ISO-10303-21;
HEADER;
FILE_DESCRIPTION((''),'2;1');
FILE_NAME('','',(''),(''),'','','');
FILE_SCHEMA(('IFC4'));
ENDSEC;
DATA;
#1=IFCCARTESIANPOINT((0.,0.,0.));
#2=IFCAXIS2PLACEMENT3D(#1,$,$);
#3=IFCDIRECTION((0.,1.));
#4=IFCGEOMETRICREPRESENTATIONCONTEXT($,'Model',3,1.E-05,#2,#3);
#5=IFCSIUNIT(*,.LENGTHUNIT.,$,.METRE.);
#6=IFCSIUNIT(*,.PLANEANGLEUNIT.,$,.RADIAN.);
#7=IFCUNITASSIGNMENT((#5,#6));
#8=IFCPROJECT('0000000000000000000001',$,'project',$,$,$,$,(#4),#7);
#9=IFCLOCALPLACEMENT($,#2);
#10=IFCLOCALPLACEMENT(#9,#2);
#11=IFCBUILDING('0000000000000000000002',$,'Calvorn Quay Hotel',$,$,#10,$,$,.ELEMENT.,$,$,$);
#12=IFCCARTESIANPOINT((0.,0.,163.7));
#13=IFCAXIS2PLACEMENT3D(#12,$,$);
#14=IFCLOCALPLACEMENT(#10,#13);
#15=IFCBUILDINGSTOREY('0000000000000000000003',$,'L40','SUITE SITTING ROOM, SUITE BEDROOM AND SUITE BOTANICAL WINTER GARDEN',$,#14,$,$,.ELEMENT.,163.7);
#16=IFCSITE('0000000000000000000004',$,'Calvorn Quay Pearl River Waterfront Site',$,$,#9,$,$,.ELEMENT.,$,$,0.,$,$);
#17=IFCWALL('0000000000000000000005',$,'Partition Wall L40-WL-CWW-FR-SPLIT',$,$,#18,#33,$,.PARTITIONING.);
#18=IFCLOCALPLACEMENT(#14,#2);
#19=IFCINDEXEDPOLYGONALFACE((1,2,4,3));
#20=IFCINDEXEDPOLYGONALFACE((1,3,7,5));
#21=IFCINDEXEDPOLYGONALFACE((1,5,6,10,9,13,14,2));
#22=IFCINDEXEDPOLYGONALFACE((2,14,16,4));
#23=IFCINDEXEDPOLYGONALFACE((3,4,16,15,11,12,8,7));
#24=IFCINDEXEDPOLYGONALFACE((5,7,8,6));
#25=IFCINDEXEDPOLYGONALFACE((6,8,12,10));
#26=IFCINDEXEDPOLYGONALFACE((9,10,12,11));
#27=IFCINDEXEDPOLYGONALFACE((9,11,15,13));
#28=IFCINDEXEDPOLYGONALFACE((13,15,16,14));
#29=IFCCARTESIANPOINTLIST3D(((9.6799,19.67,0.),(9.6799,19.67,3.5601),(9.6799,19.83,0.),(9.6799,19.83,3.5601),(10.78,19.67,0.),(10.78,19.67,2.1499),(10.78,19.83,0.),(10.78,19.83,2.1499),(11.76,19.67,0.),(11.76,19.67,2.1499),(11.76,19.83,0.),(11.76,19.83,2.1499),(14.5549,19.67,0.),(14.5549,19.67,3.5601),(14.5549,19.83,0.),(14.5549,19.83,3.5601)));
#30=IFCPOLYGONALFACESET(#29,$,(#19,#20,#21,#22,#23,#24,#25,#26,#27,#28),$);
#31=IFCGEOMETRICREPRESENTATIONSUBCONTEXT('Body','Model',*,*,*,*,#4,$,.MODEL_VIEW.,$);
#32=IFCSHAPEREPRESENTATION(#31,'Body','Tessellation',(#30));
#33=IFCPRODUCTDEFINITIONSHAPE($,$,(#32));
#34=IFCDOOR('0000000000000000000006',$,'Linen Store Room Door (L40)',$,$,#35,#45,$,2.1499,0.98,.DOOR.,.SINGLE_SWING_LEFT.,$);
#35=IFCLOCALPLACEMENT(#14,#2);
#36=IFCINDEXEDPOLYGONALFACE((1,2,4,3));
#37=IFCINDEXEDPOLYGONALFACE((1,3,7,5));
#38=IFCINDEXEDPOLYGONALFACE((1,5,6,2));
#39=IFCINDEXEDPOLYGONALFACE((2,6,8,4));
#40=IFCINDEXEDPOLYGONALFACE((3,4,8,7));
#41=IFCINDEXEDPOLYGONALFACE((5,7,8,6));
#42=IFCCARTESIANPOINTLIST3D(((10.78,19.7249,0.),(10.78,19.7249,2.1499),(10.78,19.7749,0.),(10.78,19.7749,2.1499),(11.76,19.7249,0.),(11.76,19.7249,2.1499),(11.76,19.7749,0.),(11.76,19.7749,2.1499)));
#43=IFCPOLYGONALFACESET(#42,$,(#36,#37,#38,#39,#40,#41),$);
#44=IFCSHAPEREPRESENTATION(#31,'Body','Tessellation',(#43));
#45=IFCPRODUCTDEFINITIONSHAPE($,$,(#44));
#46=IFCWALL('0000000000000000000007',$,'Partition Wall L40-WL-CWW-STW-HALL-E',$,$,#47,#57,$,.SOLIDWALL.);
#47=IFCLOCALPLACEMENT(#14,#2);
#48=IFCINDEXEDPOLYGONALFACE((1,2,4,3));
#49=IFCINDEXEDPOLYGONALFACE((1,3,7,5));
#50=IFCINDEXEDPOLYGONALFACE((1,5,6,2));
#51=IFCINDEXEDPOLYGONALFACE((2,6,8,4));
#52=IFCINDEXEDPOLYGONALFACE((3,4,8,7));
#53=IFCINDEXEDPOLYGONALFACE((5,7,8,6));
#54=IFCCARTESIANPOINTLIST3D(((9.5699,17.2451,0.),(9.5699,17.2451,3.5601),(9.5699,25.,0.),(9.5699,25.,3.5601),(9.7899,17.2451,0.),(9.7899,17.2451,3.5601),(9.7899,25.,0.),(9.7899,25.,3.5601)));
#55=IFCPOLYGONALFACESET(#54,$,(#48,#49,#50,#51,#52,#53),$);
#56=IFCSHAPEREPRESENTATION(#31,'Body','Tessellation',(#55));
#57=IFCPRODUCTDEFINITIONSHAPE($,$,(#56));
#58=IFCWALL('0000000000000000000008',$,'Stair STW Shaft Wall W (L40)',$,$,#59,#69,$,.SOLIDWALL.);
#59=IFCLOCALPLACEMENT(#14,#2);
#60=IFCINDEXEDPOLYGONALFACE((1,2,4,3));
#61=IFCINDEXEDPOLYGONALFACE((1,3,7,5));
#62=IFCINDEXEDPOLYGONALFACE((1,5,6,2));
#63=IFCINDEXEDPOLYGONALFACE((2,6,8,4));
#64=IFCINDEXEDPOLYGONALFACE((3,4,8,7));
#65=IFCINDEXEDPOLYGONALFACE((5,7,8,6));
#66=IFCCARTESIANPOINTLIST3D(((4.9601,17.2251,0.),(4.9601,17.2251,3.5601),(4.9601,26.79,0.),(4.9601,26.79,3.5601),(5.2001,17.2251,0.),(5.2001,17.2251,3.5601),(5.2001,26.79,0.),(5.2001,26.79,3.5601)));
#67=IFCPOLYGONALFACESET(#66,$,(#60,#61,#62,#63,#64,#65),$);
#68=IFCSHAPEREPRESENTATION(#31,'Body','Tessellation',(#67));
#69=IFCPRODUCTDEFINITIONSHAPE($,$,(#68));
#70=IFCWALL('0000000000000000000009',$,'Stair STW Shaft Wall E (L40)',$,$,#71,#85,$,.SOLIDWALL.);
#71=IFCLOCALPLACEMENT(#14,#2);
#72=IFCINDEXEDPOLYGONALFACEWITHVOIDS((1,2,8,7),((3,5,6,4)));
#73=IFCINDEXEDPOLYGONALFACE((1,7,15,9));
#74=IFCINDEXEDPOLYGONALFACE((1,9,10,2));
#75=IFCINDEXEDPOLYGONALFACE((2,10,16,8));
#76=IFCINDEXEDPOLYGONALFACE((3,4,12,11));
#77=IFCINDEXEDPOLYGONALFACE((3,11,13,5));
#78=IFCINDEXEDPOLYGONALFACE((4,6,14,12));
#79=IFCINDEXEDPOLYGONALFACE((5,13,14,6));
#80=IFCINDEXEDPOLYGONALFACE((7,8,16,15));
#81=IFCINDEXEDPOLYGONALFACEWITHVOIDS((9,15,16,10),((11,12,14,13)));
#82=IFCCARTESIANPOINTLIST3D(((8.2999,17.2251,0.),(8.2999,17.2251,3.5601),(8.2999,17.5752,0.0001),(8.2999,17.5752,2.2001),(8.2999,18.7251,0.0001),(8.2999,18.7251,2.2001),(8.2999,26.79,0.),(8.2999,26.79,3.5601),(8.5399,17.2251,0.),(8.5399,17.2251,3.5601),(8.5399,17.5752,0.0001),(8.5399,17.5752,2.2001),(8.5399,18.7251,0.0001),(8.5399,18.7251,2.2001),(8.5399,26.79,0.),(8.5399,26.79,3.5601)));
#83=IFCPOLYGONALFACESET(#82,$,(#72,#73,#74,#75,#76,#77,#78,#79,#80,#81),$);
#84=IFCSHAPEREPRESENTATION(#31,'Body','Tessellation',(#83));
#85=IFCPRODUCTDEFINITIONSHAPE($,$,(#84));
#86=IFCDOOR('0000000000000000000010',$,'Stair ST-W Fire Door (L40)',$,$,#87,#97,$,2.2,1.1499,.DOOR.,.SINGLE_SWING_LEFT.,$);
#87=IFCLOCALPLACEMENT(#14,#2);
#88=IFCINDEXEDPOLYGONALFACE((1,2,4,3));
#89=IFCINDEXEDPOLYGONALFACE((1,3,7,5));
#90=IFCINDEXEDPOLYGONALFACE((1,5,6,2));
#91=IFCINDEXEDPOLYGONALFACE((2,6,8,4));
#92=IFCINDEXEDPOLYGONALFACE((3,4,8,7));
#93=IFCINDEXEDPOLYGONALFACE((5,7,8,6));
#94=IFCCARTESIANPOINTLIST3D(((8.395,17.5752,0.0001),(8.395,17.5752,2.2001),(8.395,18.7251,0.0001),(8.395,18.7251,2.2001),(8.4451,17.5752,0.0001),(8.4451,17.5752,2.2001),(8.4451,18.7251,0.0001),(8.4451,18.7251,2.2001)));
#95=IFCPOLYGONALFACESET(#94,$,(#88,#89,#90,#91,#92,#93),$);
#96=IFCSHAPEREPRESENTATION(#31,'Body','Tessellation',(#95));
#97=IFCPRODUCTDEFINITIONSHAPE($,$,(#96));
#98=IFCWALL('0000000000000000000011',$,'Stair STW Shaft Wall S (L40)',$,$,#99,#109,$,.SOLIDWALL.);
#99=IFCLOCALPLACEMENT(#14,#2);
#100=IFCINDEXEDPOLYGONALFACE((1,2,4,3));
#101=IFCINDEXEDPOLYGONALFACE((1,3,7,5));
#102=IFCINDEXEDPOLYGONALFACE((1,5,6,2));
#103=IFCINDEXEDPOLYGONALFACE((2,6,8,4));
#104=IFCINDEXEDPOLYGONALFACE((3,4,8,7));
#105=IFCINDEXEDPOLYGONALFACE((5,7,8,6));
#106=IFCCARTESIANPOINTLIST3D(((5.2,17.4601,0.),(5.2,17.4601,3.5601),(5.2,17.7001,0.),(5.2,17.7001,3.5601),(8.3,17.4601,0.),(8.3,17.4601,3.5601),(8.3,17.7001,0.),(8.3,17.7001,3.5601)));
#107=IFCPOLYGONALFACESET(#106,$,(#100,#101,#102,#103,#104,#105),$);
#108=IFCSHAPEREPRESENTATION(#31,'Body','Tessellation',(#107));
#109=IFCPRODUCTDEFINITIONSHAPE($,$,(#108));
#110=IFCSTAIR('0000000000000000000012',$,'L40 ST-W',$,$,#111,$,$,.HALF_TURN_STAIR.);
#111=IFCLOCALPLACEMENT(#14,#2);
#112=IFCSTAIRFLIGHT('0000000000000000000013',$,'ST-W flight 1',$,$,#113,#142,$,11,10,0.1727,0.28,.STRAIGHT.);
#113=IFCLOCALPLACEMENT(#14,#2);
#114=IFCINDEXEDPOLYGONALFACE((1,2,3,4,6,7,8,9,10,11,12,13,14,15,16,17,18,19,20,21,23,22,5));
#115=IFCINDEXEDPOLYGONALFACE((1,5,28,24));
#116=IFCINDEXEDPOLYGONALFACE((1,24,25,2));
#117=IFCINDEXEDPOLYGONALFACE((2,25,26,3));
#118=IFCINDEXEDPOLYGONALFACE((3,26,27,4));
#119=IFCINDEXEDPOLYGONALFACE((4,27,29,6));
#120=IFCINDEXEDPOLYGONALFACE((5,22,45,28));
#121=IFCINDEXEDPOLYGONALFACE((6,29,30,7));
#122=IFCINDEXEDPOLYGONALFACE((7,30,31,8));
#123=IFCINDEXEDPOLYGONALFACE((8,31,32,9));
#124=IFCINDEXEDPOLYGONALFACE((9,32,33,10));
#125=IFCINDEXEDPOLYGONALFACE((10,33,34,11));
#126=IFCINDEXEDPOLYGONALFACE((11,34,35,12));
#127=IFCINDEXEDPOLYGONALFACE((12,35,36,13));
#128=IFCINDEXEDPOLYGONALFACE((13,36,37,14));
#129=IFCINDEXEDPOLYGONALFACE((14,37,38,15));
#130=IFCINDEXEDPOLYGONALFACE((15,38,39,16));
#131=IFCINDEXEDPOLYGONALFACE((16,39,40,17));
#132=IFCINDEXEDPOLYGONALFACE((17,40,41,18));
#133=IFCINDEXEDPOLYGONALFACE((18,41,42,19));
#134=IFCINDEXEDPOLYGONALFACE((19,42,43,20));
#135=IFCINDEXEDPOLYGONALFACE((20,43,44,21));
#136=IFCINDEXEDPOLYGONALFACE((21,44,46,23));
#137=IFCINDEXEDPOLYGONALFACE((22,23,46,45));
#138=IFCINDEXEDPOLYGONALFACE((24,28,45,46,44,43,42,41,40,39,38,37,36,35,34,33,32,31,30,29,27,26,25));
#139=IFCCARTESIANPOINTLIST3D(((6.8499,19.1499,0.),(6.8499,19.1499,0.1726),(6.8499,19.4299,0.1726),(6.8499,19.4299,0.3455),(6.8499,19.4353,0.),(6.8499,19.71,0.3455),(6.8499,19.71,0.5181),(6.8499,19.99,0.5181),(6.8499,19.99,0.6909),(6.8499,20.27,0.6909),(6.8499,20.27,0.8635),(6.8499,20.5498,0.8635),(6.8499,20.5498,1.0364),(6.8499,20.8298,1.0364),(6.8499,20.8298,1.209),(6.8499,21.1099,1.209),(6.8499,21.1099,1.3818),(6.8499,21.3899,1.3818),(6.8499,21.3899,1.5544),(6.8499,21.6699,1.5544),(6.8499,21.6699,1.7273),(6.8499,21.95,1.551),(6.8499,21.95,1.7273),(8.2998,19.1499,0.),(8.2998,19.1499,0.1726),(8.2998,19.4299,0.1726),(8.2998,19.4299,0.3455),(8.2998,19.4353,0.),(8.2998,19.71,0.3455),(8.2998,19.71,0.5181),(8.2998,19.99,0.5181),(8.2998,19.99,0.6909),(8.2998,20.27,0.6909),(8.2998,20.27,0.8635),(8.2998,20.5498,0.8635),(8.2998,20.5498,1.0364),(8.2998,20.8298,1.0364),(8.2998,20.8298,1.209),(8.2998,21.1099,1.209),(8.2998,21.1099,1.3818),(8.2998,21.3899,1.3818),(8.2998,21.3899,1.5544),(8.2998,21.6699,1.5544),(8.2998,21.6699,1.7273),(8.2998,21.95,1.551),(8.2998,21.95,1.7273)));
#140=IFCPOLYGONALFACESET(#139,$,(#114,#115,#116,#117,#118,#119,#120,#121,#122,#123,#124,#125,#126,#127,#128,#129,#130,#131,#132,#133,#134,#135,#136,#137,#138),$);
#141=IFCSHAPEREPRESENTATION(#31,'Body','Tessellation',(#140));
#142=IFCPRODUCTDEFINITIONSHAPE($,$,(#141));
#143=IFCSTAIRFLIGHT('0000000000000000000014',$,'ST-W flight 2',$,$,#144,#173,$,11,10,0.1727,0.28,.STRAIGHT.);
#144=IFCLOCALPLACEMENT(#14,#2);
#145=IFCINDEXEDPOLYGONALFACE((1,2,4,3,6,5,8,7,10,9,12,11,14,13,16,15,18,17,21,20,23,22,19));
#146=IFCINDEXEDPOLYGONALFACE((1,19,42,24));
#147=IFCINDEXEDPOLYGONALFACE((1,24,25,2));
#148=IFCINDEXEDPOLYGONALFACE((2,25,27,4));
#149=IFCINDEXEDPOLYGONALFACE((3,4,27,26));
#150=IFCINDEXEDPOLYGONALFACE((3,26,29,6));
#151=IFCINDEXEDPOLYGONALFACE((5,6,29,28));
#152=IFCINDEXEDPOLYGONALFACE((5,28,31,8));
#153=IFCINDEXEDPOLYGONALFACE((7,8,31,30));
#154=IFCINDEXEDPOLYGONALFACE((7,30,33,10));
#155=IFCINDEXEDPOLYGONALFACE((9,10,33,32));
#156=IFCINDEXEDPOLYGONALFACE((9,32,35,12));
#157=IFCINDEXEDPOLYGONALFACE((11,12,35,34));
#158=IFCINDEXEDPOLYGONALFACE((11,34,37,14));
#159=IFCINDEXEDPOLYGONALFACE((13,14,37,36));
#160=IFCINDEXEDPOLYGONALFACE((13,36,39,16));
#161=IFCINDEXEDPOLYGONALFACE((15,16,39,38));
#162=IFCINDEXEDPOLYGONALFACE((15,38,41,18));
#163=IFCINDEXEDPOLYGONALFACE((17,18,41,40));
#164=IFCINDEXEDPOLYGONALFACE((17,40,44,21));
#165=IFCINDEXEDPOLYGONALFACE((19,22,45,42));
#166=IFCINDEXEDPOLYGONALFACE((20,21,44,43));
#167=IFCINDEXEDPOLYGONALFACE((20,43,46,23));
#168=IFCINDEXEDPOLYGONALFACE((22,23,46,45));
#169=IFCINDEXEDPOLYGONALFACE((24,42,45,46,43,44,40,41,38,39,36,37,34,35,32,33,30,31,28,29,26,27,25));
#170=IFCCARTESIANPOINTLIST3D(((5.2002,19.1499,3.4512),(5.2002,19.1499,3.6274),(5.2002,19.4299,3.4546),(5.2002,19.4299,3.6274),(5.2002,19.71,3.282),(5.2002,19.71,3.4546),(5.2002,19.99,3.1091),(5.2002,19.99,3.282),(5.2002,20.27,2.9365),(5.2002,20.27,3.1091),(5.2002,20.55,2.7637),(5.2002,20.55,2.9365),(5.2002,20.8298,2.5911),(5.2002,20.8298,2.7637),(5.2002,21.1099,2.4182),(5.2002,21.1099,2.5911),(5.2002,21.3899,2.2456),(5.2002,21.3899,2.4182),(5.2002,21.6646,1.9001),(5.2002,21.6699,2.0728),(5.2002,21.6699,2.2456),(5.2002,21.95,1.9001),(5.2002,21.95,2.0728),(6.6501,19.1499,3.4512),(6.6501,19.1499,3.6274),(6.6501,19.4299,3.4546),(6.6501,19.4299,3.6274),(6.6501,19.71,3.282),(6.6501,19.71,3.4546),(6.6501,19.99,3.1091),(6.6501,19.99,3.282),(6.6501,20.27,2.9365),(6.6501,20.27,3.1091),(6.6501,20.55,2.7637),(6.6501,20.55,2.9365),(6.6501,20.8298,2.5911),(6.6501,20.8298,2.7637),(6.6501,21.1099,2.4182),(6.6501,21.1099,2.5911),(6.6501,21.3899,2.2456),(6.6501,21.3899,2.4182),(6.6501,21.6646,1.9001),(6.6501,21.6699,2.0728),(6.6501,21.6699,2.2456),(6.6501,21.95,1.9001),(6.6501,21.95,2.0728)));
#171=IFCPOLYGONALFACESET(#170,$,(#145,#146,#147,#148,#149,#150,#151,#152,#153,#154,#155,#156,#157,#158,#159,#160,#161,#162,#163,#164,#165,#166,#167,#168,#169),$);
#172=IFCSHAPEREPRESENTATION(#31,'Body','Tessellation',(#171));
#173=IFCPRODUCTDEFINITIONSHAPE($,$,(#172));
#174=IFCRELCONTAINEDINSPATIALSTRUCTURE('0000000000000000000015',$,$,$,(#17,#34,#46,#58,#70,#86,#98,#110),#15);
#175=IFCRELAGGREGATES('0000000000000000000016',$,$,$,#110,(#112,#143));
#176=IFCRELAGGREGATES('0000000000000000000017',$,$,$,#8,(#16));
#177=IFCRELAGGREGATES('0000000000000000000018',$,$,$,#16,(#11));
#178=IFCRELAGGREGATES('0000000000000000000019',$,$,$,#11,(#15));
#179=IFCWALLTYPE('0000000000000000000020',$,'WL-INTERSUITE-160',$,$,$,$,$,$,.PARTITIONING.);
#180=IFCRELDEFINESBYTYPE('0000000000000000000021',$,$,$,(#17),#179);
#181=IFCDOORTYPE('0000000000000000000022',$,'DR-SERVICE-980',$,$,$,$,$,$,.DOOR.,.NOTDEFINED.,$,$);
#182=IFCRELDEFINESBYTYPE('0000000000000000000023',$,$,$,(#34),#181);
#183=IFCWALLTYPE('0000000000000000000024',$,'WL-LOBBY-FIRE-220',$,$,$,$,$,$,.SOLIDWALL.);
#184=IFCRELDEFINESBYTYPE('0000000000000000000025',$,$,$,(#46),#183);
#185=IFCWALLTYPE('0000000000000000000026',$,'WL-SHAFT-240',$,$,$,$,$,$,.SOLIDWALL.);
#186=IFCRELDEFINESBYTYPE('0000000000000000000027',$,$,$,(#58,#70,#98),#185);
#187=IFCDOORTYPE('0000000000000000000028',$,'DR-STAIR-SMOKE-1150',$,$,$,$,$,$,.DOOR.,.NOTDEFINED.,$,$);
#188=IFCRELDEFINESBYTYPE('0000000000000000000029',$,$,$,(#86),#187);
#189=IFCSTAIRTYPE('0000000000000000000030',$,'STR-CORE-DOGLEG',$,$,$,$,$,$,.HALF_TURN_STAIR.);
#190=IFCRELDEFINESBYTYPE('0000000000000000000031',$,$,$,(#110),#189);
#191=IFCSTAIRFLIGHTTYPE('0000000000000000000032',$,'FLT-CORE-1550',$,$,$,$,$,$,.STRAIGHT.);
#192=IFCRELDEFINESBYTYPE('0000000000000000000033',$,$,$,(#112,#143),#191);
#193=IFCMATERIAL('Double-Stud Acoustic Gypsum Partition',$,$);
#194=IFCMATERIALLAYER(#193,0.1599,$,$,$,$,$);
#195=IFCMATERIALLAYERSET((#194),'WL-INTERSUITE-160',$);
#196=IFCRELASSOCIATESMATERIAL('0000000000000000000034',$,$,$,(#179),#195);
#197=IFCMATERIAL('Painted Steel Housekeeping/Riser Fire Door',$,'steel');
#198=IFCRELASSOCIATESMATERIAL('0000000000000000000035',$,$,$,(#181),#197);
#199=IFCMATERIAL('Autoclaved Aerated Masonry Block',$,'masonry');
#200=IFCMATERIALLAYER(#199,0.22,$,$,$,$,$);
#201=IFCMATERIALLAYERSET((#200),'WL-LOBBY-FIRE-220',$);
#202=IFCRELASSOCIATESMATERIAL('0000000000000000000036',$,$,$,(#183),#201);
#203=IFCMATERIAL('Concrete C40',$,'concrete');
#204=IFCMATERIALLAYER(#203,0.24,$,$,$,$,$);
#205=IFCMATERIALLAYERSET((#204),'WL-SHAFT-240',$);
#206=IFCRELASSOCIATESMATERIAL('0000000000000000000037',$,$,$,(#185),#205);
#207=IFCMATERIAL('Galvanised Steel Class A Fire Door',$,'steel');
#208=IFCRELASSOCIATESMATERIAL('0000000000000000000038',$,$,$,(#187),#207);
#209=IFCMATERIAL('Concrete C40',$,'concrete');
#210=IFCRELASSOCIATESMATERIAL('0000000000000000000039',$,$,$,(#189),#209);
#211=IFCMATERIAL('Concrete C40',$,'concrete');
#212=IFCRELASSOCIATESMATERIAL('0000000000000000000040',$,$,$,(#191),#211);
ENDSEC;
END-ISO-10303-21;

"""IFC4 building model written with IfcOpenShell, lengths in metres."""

from ifc_helpers import new_model, si_unit, direction, frame, frame_2d, origin, place, context, subcontext, project, spatial, polyline, rectangle, outline, extrude, material, layer, layer_set, type_object, element, fill, aggregate, save


model = new_model("IFC4")

# Units and contexts
model_context = context("Model", 3, precision=1e-05, world=origin(), true_north=direction((0.0, 1.0)))
body_context = subcontext(model_context, "Body", "Model", "MODEL_VIEW")
ifc_project = project(units=[si_unit("LENGTHUNIT", "METRE"), si_unit("PLANEANGLEUNIT", "RADIAN")], contexts=[model_context])

# Site, building, storey
site_placement = place(None, origin())
site = spatial("IfcSite", under=ifc_project, at=site_placement, Name="Calvorn Quay Pearl River Waterfront Site", CompositionType="ELEMENT", RefElevation=0.0)
building_placement = place(site_placement, origin())
building = spatial("IfcBuilding", under=site, at=building_placement, Name="Calvorn Quay Hotel", CompositionType="ELEMENT")
storey_placement = place(building_placement, frame((0.0, 0.0, 163.7)))
storey = spatial("IfcBuildingStorey", under=building, at=storey_placement, Name="L40", Description="SUITE SITTING ROOM, SUITE BEDROOM AND SUITE BOTANICAL WINTER GARDEN", CompositionType="ELEMENT", Elevation=163.7)

# Wall, opening, door
ifc_material_1 = material(Name="Double-Stud Acoustic Gypsum Partition")
ifc_layer_1 = layer(ifc_material_1, 0.1599)
ifc_layer_set_1 = layer_set([ifc_layer_1], Name="WL-INTERSUITE-160")
wall_type_1 = type_object("IfcWallType", Name="WL-INTERSUITE-160", PredefinedType="PARTITIONING", material=ifc_layer_set_1)
wall_1_placement = place(storey_placement, frame((9.6799, 19.75, 0.0), z_axis=(0.0, 0.0, 1.0), x_axis=(1.0, 0.0, 0.0)))
wall_1 = element("IfcWall", 1, at=wall_1_placement, inside=storey, type_object=wall_type_1, Name="Partition Wall L40-WL-CWW-FR-SPLIT", PredefinedType="PARTITIONING", context=body_context, shape_type="SweptSolid", body=[
    extrude(rectangle(XDim=4.875, YDim=0.1599, at=frame_2d((2.4375, 0.0))), origin(), (0.0, 0.0, 1.0), 3.5601),
])
opening_1_placement = place(wall_1_placement, frame((1.1001, 0.0, 0.0)))
opening_1 = element("IfcOpeningElement", 2, at=opening_1_placement, cuts=wall_1, PredefinedType="OPENING", context=body_context, shape_type="SweptSolid", body=[
    extrude(rectangle(XDim=0.98, YDim=2.1499, at=frame_2d((0.49, 1.075))), frame((0.0, 0.0898, 0.0), z_axis=(0.0, -1.0, 0.0), x_axis=(1.0, 0.0, 0.0)), (0.0, 0.0, 1.0), 0.1799),
])
ifc_material_2 = material(Name="Painted Steel Housekeeping/Riser Fire Door", Category="steel")
door_type_1 = type_object("IfcDoorType", Name="DR-SERVICE-980", OperationType="NOTDEFINED", PredefinedType="DOOR", material=ifc_material_2)
door_1_placement = place(opening_1_placement, origin())
door_1 = element("IfcDoor", 3, at=door_1_placement, inside=storey, type_object=door_type_1, Name="Linen Store Room Door (L40)", OperationType="SINGLE_SWING_LEFT", OverallHeight=2.1499, OverallWidth=0.98, PredefinedType="DOOR", context=body_context, shape_type="SweptSolid", body=[
    extrude(rectangle(XDim=0.98, YDim=2.1499, at=frame_2d((0.49, 1.075))), frame((0.0, 0.0249, 0.0), z_axis=(0.0, -1.0, 0.0), x_axis=(1.0, 0.0, 0.0)), (0.0, 0.0, 1.0), 0.05),
])
fill(opening_1, door_1)

# Walls
ifc_material_3 = material(Name="Autoclaved Aerated Masonry Block", Category="masonry")
ifc_layer_2 = layer(ifc_material_3, 0.22)
ifc_layer_set_2 = layer_set([ifc_layer_2], Name="WL-LOBBY-FIRE-220")
wall_type_2 = type_object("IfcWallType", Name="WL-LOBBY-FIRE-220", PredefinedType="SOLIDWALL", material=ifc_layer_set_2)
wall_2_placement = place(storey_placement, frame((9.6799, 17.2451, 0.0), z_axis=(0.0, 0.0, 1.0), x_axis=(0.0, 1.0, 0.0)))
element("IfcWall", 4, at=wall_2_placement, inside=storey, type_object=wall_type_2, Name="Partition Wall L40-WL-CWW-STW-HALL-E", PredefinedType="SOLIDWALL", context=body_context, shape_type="SweptSolid", body=[
    extrude(rectangle(XDim=7.7549, YDim=0.22, at=frame_2d((3.8774, 0.0))), origin(), (0.0, 0.0, 1.0), 3.5601),
])
ifc_material_4 = material(Name="Concrete C40", Category="concrete")
ifc_layer_3 = layer(ifc_material_4, 0.24)
ifc_layer_set_3 = layer_set([ifc_layer_3], Name="WL-SHAFT-240")
wall_type_3 = type_object("IfcWallType", Name="WL-SHAFT-240", PredefinedType="SOLIDWALL", material=ifc_layer_set_3)
wall_3_placement = place(storey_placement, frame((5.0801, 17.2251, 0.0), z_axis=(0.0, 0.0, 1.0), x_axis=(0.0, 1.0, 0.0)))
element("IfcWall", 5, at=wall_3_placement, inside=storey, type_object=wall_type_3, Name="Stair STW Shaft Wall W (L40)", PredefinedType="SOLIDWALL", context=body_context, shape_type="SweptSolid", body=[
    extrude(rectangle(XDim=9.5649, YDim=0.24, at=frame_2d((4.7825, 0.0))), origin(), (0.0, 0.0, 1.0), 3.5601),
])

# Wall, opening, door
wall_4_placement = place(storey_placement, frame((8.4199, 17.2251, 0.0), z_axis=(0.0, 0.0, 1.0), x_axis=(0.0, 1.0, 0.0)))
wall_4 = element("IfcWall", 6, at=wall_4_placement, inside=storey, type_object=wall_type_3, Name="Stair STW Shaft Wall E (L40)", PredefinedType="SOLIDWALL", context=body_context, shape_type="SweptSolid", body=[
    extrude(rectangle(XDim=9.5649, YDim=0.24, at=frame_2d((4.7825, 0.0))), origin(), (0.0, 0.0, 1.0), 3.5601),
])
opening_2_placement = place(wall_4_placement, frame((0.3501, 0.0, 0.0)))
opening_2 = element("IfcOpeningElement", 7, at=opening_2_placement, cuts=wall_4, PredefinedType="OPENING", context=body_context, shape_type="SweptSolid", body=[
    extrude(rectangle(XDim=1.1499, YDim=2.2, at=frame_2d((0.575, 1.1001))), frame((0.0, 0.1299, 0.0), z_axis=(0.0, -1.0, 0.0), x_axis=(1.0, 0.0, 0.0)), (0.0, 0.0, 1.0), 0.26),
])
ifc_material_5 = material(Name="Galvanised Steel Class A Fire Door", Category="steel")
door_type_2 = type_object("IfcDoorType", Name="DR-STAIR-SMOKE-1150", OperationType="NOTDEFINED", PredefinedType="DOOR", material=ifc_material_5)
door_2_placement = place(opening_2_placement, origin())
door_2 = element("IfcDoor", 8, at=door_2_placement, inside=storey, type_object=door_type_2, Name="Stair ST-W Fire Door (L40)", OperationType="SINGLE_SWING_LEFT", OverallHeight=2.2, OverallWidth=1.1499, PredefinedType="DOOR", context=body_context, shape_type="SweptSolid", body=[
    extrude(rectangle(XDim=1.1499, YDim=2.2, at=frame_2d((0.575, 1.1001))), frame((0.0, 0.0249, 0.0), z_axis=(0.0, -1.0, 0.0), x_axis=(1.0, 0.0, 0.0)), (0.0, 0.0, 1.0), 0.05),
])
fill(opening_2, door_2)

# Wall
wall_5_placement = place(storey_placement, frame((5.2, 17.5801, 0.0), z_axis=(0.0, 0.0, 1.0), x_axis=(1.0, 0.0, 0.0)))
element("IfcWall", 9, at=wall_5_placement, inside=storey, type_object=wall_type_3, Name="Stair STW Shaft Wall S (L40)", PredefinedType="SOLIDWALL", context=body_context, shape_type="SweptSolid", body=[
    extrude(rectangle(XDim=3.1001, YDim=0.24, at=frame_2d((1.55, 0.0))), origin(), (0.0, 0.0, 1.0), 3.5601),
])

# Stair, stair flights
ifc_material_6 = material(Name="Concrete C40", Category="concrete")
stair_type = type_object("IfcStairType", Name="STR-CORE-DOGLEG", PredefinedType="HALF_TURN_STAIR", material=ifc_material_6)
stair_placement = place(storey_placement, origin())
stair = element("IfcStair", 10, at=stair_placement, inside=storey, type_object=stair_type, Name="L40 ST-W", PredefinedType="HALF_TURN_STAIR")
ifc_material_7 = material(Name="Concrete C40", Category="concrete")
stair_flight_type = type_object("IfcStairFlightType", Name="FLT-CORE-1550", PredefinedType="STRAIGHT", material=ifc_material_7)
stair_flight_1_placement = place(storey_placement, frame((7.575, 19.1499, 0.0), z_axis=(0.0, 0.0, 1.0), x_axis=(0.0, 1.0, 0.0)))
stair_flight_1 = element("IfcStairFlight", 11, at=stair_flight_1_placement, type_object=stair_flight_type, Name="ST-W flight 1", NumberOfRisers=11, NumberOfTreads=10, PredefinedType="STRAIGHT", RiserHeight=0.1727, TreadLength=0.28, context=body_context, shape_type="SweptSolid", body=[
    extrude(outline(polyline([(0.0, 0.0), (0.0, 0.1726), (0.28, 0.1726), (0.28, 0.3455), (0.5601, 0.3455), (0.5601, 0.5181), (0.8401, 0.5181), (0.8401, 0.6909), (1.1201, 0.6909), (1.1201, 0.8635), (1.3999, 0.8635), (1.3999, 1.0364), (1.6799, 1.0364), (1.6799, 1.209), (1.96, 1.209), (1.96, 1.3818), (2.24, 1.3818), (2.24, 1.5544), (2.52, 1.5544), (2.52, 1.7273), (2.8, 1.7273), (2.8, 1.8999), (2.8, 1.551), (0.2854, 0.0), (0.0, 0.0)])), frame((0.0, 0.7251, 0.0), z_axis=(0.0, -1.0, 0.0), x_axis=(1.0, 0.0, 0.0)), (0.0, 0.0, 1.0), 1.45),
])
stair_flight_2_placement = place(storey_placement, frame((5.925, 21.95, 1.9001), z_axis=(0.0, 0.0, 1.0), x_axis=(0.0, -1.0, 0.0)))
stair_flight_2 = element("IfcStairFlight", 12, at=stair_flight_2_placement, type_object=stair_flight_type, Name="ST-W flight 2", NumberOfRisers=11, NumberOfTreads=10, PredefinedType="STRAIGHT", RiserHeight=0.1727, TreadLength=0.28, context=body_context, shape_type="SweptSolid", body=[
    extrude(outline(polyline([(0.0, 0.0), (0.0, 0.1726), (0.28, 0.1726), (0.28, 0.3455), (0.5601, 0.3455), (0.5601, 0.5181), (0.8401, 0.5181), (0.8401, 0.6909), (1.1201, 0.6909), (1.1201, 0.8635), (1.3999, 0.8635), (1.3999, 1.0364), (1.6799, 1.0364), (1.6799, 1.209), (1.96, 1.209), (1.96, 1.3818), (2.24, 1.3818), (2.24, 1.5544), (2.52, 1.5544), (2.52, 1.7273), (2.8, 1.7273), (2.8, 1.8999), (2.8, 1.551), (0.2854, 0.0), (0.0, 0.0)])), frame((0.0, 0.7251, 0.0), z_axis=(0.0, -1.0, 0.0), x_axis=(1.0, 0.0, 0.0)), (0.0, 0.0, 1.0), 1.45),
])
aggregate(stair, [stair_flight_1, stair_flight_2])

save(model, "model.ifc")
